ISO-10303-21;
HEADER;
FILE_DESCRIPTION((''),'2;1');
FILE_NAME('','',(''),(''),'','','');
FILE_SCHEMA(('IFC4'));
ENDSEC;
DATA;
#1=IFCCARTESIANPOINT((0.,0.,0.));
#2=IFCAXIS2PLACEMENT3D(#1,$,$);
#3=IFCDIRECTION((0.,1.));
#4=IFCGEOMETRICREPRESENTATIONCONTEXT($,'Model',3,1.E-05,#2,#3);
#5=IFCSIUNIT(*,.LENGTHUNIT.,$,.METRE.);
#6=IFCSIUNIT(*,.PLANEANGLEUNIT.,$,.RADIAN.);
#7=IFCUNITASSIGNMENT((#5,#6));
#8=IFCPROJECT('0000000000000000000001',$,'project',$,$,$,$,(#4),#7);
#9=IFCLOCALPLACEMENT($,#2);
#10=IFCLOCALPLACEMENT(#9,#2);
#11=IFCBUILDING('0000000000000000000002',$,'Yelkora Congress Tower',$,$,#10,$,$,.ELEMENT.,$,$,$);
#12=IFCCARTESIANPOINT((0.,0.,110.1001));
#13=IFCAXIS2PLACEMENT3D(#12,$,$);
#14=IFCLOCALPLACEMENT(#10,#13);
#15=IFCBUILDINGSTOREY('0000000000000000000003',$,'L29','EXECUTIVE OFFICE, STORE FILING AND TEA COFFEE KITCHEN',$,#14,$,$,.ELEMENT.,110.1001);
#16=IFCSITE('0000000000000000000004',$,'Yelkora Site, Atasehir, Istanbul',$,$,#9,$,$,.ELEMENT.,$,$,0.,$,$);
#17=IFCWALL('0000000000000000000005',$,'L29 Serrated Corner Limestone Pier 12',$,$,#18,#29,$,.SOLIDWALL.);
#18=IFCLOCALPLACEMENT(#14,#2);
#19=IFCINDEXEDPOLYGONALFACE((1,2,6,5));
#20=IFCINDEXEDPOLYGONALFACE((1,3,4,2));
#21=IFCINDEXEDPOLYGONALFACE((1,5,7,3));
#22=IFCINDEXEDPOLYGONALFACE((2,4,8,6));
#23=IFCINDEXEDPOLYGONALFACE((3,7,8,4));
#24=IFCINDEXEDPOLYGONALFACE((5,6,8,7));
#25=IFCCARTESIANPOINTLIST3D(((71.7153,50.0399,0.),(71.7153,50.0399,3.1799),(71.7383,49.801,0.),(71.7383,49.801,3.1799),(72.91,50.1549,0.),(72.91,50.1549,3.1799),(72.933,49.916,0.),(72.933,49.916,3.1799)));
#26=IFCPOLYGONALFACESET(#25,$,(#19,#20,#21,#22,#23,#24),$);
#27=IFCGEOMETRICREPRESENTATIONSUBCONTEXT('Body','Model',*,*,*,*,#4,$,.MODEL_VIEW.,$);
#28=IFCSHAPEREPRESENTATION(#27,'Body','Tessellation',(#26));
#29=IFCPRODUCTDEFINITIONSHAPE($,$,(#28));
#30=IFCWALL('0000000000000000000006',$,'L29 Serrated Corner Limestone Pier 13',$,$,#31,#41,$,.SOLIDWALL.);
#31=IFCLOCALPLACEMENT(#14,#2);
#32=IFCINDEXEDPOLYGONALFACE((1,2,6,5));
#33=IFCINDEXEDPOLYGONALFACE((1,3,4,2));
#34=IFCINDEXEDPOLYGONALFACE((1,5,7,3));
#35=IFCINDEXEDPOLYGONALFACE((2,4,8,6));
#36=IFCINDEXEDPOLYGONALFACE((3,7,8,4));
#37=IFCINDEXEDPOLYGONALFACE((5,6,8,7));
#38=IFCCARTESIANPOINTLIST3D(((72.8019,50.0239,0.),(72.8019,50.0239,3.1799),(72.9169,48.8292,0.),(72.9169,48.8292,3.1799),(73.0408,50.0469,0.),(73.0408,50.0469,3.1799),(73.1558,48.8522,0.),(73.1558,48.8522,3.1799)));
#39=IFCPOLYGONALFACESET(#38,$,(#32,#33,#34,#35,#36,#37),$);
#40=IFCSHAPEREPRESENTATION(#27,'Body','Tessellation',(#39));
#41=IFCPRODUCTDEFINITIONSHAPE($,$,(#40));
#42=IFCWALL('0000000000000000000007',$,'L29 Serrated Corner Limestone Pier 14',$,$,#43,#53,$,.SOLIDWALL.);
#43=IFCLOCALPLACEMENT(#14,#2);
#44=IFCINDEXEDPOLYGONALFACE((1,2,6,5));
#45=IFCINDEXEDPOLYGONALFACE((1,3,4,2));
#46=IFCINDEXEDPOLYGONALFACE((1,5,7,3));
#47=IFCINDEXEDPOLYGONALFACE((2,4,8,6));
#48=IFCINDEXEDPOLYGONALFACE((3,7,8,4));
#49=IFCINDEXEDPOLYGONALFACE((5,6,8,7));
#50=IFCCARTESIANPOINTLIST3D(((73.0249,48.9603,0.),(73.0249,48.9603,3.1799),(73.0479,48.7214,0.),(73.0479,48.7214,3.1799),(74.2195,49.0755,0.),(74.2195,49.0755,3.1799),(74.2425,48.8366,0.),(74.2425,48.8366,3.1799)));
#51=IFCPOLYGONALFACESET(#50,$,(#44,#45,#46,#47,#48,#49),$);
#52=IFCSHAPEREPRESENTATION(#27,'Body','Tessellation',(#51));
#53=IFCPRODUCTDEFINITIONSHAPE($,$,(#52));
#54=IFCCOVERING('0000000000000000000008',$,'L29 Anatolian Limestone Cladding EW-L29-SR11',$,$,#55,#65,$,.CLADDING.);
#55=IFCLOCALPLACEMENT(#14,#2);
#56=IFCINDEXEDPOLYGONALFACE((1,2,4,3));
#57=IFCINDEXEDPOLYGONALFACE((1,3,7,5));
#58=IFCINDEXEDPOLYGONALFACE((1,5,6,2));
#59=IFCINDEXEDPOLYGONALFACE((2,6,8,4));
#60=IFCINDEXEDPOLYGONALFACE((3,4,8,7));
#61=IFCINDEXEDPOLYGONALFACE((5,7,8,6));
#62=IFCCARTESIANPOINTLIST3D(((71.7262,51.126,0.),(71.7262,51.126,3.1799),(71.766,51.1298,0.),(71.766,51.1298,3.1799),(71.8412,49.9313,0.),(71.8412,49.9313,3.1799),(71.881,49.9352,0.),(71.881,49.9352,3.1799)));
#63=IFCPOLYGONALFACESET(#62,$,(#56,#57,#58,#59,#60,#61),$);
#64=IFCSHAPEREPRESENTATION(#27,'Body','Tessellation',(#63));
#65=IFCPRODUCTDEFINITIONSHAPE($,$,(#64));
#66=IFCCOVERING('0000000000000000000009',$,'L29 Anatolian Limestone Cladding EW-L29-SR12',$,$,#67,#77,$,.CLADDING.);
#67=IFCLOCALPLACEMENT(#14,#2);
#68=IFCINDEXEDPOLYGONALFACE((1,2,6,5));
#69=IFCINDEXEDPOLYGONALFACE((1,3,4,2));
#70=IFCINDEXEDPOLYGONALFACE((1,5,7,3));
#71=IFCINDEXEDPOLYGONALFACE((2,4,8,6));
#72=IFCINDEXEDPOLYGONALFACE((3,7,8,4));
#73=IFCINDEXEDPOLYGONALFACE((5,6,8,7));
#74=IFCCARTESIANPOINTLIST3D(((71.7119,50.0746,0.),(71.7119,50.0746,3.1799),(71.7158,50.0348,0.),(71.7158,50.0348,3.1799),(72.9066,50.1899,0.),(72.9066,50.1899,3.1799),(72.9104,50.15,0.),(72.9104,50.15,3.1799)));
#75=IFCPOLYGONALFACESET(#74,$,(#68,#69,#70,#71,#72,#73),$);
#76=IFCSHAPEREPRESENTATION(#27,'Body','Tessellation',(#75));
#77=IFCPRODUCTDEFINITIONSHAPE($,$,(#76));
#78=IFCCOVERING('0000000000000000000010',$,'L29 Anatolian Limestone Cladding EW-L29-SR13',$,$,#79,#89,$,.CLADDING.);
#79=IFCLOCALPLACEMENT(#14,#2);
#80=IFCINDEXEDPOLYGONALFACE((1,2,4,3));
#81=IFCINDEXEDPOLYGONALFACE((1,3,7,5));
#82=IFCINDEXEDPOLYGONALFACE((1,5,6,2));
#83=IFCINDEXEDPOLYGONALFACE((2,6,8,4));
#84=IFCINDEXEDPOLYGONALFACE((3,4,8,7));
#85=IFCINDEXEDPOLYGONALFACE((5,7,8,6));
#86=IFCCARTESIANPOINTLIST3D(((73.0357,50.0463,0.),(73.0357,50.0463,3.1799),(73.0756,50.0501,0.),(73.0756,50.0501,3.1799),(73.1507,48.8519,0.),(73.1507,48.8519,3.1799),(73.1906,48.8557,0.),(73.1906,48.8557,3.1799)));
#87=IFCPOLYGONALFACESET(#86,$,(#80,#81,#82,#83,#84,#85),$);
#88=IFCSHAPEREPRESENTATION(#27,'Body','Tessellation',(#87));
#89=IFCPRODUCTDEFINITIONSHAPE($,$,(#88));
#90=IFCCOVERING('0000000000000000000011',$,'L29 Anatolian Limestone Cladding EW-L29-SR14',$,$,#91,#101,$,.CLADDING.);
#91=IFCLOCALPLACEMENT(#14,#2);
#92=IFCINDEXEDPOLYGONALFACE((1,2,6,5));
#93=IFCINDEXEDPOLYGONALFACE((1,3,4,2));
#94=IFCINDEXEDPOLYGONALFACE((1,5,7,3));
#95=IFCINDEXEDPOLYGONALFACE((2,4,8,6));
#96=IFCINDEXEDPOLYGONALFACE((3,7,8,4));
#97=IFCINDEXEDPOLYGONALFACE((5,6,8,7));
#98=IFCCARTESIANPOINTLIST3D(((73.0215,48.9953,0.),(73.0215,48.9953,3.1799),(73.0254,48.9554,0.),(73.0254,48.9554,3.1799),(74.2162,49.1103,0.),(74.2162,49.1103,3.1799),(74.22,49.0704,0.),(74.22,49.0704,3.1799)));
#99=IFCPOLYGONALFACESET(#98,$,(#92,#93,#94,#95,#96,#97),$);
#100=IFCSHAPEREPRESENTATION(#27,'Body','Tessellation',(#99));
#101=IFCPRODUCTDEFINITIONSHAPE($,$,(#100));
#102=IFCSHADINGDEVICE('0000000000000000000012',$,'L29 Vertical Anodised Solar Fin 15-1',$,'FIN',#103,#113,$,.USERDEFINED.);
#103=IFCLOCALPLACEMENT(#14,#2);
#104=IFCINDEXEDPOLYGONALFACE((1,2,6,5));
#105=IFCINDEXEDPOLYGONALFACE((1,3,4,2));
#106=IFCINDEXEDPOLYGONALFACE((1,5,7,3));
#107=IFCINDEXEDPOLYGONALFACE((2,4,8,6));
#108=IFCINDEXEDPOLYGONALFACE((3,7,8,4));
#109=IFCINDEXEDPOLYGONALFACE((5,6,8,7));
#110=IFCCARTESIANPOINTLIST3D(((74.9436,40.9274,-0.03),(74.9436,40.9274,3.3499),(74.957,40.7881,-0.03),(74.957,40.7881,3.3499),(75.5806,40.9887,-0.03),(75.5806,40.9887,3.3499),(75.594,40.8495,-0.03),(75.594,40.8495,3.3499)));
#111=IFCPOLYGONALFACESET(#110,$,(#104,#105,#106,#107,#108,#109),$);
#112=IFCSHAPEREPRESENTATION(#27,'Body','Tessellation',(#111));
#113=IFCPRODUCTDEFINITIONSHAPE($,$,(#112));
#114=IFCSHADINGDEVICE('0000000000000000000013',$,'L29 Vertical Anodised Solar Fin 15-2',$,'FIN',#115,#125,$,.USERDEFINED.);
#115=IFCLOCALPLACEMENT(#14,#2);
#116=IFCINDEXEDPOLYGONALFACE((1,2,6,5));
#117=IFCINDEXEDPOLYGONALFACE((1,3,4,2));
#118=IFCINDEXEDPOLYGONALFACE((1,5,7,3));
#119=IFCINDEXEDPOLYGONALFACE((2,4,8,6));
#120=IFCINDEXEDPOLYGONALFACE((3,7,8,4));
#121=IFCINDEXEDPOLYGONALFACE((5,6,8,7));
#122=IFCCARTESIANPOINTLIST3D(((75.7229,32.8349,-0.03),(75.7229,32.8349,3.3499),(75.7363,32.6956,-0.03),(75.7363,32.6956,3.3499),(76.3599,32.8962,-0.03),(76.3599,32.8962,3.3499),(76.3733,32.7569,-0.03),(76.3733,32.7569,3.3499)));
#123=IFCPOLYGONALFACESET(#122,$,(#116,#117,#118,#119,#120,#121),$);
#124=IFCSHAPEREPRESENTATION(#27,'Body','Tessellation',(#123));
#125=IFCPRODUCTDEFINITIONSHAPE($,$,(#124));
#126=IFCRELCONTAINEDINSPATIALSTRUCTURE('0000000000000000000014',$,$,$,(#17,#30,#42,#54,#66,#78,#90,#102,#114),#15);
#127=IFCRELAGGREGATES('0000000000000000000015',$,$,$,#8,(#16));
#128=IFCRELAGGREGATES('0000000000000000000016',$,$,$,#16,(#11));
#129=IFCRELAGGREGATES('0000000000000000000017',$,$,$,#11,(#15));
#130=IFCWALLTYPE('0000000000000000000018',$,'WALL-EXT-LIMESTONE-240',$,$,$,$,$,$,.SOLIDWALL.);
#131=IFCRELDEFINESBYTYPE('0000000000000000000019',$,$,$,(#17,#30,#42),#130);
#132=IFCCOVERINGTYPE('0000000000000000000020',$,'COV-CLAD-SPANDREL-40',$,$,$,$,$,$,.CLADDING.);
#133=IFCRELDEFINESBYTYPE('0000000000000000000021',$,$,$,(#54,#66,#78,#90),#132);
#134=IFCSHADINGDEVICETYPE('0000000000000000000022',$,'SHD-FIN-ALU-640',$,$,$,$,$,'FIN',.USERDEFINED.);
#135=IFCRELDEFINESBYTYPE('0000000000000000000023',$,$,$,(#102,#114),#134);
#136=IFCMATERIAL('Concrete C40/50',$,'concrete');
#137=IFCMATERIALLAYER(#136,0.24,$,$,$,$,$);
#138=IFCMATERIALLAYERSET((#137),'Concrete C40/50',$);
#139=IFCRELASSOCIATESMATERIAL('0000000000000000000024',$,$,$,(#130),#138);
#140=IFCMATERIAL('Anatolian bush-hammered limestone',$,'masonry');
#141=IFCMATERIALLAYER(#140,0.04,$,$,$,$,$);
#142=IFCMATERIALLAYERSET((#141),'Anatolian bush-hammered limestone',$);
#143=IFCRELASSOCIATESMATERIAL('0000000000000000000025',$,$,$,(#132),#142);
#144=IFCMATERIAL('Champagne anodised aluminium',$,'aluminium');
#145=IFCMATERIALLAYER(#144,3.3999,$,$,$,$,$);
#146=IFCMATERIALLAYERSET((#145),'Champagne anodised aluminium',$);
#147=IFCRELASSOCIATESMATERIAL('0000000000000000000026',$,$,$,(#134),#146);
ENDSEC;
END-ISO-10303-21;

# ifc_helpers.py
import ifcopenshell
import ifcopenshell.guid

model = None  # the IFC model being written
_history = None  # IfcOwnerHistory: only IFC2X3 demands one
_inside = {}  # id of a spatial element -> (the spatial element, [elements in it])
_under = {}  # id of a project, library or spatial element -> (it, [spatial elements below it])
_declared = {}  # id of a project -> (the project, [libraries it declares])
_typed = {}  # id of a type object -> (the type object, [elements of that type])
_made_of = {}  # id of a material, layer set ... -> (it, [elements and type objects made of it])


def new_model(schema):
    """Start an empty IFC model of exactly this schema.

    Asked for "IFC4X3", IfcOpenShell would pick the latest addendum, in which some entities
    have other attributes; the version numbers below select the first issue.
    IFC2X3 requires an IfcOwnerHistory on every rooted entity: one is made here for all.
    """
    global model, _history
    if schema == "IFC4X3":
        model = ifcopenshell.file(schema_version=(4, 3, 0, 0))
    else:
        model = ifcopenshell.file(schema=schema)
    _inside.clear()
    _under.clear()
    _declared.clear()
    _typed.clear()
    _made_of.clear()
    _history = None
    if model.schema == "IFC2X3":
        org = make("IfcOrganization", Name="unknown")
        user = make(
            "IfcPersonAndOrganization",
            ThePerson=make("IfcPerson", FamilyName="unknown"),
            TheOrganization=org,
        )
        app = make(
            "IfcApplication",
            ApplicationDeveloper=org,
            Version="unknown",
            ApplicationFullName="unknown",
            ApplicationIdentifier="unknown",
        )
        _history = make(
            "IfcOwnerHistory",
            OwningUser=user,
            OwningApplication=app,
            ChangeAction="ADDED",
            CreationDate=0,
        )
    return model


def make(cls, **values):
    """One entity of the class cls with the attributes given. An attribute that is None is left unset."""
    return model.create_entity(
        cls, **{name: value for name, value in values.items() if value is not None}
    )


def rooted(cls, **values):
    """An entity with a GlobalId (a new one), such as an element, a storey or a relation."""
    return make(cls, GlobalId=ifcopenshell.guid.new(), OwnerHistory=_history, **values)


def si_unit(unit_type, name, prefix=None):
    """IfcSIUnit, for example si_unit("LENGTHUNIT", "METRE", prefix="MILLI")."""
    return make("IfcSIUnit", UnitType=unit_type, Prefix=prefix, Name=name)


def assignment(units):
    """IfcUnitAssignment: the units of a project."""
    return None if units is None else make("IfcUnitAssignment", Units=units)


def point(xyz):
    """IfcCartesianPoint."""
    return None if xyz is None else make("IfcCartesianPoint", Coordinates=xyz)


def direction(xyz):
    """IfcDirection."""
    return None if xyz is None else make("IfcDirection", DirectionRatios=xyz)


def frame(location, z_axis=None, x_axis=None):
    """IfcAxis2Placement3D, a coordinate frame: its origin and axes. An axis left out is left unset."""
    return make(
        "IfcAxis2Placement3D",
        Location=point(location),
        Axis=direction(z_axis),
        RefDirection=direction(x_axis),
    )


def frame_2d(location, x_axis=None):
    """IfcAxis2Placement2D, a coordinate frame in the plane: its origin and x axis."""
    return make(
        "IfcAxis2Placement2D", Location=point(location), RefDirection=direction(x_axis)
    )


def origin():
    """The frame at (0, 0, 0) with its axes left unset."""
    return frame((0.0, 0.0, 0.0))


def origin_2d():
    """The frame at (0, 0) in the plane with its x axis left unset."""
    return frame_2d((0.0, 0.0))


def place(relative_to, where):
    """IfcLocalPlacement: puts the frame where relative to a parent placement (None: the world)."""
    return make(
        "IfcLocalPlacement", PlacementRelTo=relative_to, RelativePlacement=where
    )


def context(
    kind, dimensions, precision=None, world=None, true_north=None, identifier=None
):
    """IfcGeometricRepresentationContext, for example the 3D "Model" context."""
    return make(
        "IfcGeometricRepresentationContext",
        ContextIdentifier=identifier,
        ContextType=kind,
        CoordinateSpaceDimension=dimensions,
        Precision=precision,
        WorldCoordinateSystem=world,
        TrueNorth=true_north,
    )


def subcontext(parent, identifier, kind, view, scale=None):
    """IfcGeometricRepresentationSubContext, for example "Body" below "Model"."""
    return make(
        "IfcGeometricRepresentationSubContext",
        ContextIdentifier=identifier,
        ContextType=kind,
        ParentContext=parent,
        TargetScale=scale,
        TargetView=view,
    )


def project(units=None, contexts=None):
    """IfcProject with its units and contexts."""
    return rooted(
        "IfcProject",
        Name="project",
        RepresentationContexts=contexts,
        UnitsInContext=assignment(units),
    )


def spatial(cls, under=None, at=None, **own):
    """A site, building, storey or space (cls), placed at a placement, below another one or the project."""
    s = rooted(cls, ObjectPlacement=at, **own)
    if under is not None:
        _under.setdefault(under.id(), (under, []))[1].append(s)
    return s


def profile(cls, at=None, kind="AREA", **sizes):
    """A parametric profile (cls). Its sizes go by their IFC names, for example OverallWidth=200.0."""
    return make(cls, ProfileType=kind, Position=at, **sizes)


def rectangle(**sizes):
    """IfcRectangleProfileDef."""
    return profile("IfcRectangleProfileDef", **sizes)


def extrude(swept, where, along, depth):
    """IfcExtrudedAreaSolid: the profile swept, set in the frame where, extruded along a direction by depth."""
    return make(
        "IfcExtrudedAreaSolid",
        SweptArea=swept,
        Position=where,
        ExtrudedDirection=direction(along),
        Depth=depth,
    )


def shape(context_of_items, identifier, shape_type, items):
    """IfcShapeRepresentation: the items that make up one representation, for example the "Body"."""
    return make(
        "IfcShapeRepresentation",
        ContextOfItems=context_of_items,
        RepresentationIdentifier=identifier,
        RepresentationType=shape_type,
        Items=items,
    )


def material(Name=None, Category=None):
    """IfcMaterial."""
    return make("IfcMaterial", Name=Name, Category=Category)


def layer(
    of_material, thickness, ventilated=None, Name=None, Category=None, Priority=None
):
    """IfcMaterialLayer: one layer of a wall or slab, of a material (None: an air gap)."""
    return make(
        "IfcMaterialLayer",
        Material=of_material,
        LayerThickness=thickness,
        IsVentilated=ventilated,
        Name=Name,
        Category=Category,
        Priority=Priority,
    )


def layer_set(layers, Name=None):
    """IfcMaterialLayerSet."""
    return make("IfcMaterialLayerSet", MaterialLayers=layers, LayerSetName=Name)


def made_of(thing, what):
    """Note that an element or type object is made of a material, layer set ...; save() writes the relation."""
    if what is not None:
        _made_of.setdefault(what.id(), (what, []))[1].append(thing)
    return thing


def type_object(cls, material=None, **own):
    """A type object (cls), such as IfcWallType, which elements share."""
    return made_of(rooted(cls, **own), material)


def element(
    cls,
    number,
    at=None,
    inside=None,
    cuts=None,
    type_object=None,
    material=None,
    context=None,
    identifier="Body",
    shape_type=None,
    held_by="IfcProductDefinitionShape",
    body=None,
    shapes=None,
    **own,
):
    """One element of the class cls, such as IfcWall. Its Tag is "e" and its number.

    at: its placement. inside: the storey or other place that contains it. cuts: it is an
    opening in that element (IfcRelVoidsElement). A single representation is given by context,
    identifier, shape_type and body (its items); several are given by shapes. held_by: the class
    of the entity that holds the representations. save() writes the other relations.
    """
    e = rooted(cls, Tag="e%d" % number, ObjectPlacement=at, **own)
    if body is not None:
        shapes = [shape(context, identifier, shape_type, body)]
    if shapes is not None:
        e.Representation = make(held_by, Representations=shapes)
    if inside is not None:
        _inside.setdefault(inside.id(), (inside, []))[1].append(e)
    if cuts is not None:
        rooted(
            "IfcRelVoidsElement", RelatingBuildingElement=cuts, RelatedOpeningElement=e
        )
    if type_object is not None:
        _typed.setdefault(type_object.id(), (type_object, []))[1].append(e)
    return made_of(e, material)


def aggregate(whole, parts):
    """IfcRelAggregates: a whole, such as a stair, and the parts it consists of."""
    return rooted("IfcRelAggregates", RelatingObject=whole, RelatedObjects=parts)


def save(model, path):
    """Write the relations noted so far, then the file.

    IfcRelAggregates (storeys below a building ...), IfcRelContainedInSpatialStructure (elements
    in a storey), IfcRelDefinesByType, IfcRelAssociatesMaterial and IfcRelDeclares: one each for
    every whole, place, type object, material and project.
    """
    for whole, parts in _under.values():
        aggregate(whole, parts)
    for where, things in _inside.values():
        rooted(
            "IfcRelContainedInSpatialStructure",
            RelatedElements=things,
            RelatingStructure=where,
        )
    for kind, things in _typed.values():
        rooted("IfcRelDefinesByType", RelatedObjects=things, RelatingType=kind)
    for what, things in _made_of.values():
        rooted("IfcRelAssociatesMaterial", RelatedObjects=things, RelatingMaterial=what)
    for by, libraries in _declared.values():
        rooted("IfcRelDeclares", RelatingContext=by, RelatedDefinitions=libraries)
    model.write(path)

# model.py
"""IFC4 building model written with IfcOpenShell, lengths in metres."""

from ifc_helpers import new_model, si_unit, direction, frame, frame_2d, origin, origin_2d, place, context, subcontext, project, spatial, rectangle, extrude, material, layer, layer_set, type_object, element, save


model = new_model("IFC4")

# Units and contexts
model_context = context("Model", 3, precision=1e-05, world=origin(), true_north=direction((0.0, 1.0)))
body_context = subcontext(model_context, "Body", "Model", "MODEL_VIEW")
ifc_project = project(units=[si_unit("LENGTHUNIT", "METRE"), si_unit("PLANEANGLEUNIT", "RADIAN")], contexts=[model_context])

# Site, building, storey
site_placement = place(None, origin())
site = spatial("IfcSite", under=ifc_project, at=site_placement, Name="Yelkora Site, Atasehir, Istanbul", CompositionType="ELEMENT", RefElevation=0.0)
building_placement = place(site_placement, origin())
building = spatial("IfcBuilding", under=site, at=building_placement, Name="Yelkora Congress Tower", CompositionType="ELEMENT")
storey_placement = place(building_placement, frame((0.0, 0.0, 110.1001)))
storey = spatial("IfcBuildingStorey", under=building, at=storey_placement, Name="L29", Description="EXECUTIVE OFFICE, STORE FILING AND TEA COFFEE KITCHEN", CompositionType="ELEMENT", Elevation=110.1001)

# Walls
ifc_material_1 = material(Name="Concrete C40/50", Category="concrete")
ifc_layer_1 = layer(ifc_material_1, 0.24)
ifc_layer_set_1 = layer_set([ifc_layer_1], Name="Concrete C40/50")
wall_type = type_object("IfcWallType", Name="WALL-EXT-LIMESTONE-240", PredefinedType="SOLIDWALL", material=ifc_layer_set_1)
for number, where, z_axis, x_axis, name in (
    (1, (71.7268, 49.9204, 0.0), (0.0, 0.0, 1.0), (0.995399, 0.095817, 0.0), "L29 Serrated Corner Limestone Pier 12"),
    (2, (72.9214, 50.0354, 0.0), (0.0, 0.0, 1.0), (0.095817, -0.995399, 0.0), "L29 Serrated Corner Limestone Pier 13"),
    (3, (73.0364, 48.8408, 0.0), (0.0, 0.0, 1.0), (0.99538, 0.096019, 0.0), "L29 Serrated Corner Limestone Pier 14"),
):
    element("IfcWall", number, at=place(storey_placement, frame(where, z_axis=z_axis, x_axis=x_axis)), inside=storey, type_object=wall_type, Name=name, PredefinedType="SOLIDWALL", context=body_context, shape_type="SweptSolid", body=[
        extrude(rectangle(XDim=1.2002, YDim=0.24, at=frame_2d((0.6001, 0.0))), origin(), (0.0, 0.0, 1.0), 3.1799),
    ])

# Coverings
ifc_material_2 = material(Name="Anatolian bush-hammered limestone", Category="masonry")
ifc_layer_2 = layer(ifc_material_2, 0.04)
ifc_layer_set_2 = layer_set([ifc_layer_2], Name="Anatolian bush-hammered limestone")
covering_type = type_object("IfcCoveringType", Name="COV-CLAD-SPANDREL-40", PredefinedType="CLADDING", material=ifc_layer_set_2)
for number, where, z_axis, x_axis, name in (
    (4, (71.7461, 51.1279, 0.0), (0.0, 0.0, 1.0), (0.095817, -0.995399, 0.0), "L29 Anatolian Limestone Cladding EW-L29-SR11"),
    (5, (71.7139, 50.0547, 0.0), (0.0, 0.0, 1.0), (0.99538, 0.096019, 0.0), "L29 Anatolian Limestone Cladding EW-L29-SR12"),
):
    element("IfcCovering", number, at=place(storey_placement, frame(where, z_axis=z_axis, x_axis=x_axis)), inside=storey, type_object=covering_type, Name=name, PredefinedType="CLADDING", context=body_context, shape_type="SweptSolid", body=[
        extrude(rectangle(XDim=1.2002, YDim=0.04, at=frame_2d((0.6001, 0.0))), origin(), (0.0, 0.0, 1.0), 3.1799),
    ])
covering_1_placement = place(storey_placement, frame((73.0557, 50.0483, 0.0), z_axis=(0.0, 0.0, 1.0), x_axis=(0.095836, -0.995397, 0.0)))
element("IfcCovering", 6, at=covering_1_placement, inside=storey, type_object=covering_type, Name="L29 Anatolian Limestone Cladding EW-L29-SR13", PredefinedType="CLADDING", context=body_context, shape_type="SweptSolid", body=[
    extrude(rectangle(XDim=1.2, YDim=0.04, at=frame_2d((0.6001, 0.0))), origin(), (0.0, 0.0, 1.0), 3.1799),
])
covering_2_placement = place(storey_placement, frame((73.0234, 48.9753, 0.0), z_axis=(0.0, 0.0, 1.0), x_axis=(0.995399, 0.095817, 0.0)))
element("IfcCovering", 7, at=covering_2_placement, inside=storey, type_object=covering_type, Name="L29 Anatolian Limestone Cladding EW-L29-SR14", PredefinedType="CLADDING", context=body_context, shape_type="SweptSolid", body=[
    extrude(rectangle(XDim=1.2002, YDim=0.04, at=frame_2d((0.6001, 0.0))), origin(), (0.0, 0.0, 1.0), 3.1799),
])

# Shading devices
ifc_material_3 = material(Name="Champagne anodised aluminium", Category="aluminium")
ifc_layer_3 = layer(ifc_material_3, 3.3999)
ifc_layer_set_3 = layer_set([ifc_layer_3], Name="Champagne anodised aluminium")
shading_device_type = type_object("IfcShadingDeviceType", Name="SHD-FIN-ALU-640", ElementType="FIN", PredefinedType="USERDEFINED", material=ifc_layer_set_3)
for number, where, z_axis, x_axis, name in (
    (8, (75.2688, 40.8884, -0.03), (0.0, 0.0, 1.0), (0.095846, -0.995396, 0.0), "L29 Vertical Anodised Solar Fin 15-1"),
    (9, (76.0481, 32.7959, -0.03), (0.0, 0.0, 1.0), (0.095846, -0.995396, 0.0), "L29 Vertical Anodised Solar Fin 15-2"),
):
    element("IfcShadingDevice", number, at=place(storey_placement, frame(where, z_axis=z_axis, x_axis=x_axis)), inside=storey, type_object=shading_device_type, Name=name, ObjectType="FIN", PredefinedType="USERDEFINED", context=body_context, shape_type="SweptSolid", body=[
        extrude(rectangle(XDim=0.1399, YDim=0.6399, at=origin_2d()), origin(), (0.0, 0.0, 1.0), 3.3799),
    ])

save(model, "model.ifc")
